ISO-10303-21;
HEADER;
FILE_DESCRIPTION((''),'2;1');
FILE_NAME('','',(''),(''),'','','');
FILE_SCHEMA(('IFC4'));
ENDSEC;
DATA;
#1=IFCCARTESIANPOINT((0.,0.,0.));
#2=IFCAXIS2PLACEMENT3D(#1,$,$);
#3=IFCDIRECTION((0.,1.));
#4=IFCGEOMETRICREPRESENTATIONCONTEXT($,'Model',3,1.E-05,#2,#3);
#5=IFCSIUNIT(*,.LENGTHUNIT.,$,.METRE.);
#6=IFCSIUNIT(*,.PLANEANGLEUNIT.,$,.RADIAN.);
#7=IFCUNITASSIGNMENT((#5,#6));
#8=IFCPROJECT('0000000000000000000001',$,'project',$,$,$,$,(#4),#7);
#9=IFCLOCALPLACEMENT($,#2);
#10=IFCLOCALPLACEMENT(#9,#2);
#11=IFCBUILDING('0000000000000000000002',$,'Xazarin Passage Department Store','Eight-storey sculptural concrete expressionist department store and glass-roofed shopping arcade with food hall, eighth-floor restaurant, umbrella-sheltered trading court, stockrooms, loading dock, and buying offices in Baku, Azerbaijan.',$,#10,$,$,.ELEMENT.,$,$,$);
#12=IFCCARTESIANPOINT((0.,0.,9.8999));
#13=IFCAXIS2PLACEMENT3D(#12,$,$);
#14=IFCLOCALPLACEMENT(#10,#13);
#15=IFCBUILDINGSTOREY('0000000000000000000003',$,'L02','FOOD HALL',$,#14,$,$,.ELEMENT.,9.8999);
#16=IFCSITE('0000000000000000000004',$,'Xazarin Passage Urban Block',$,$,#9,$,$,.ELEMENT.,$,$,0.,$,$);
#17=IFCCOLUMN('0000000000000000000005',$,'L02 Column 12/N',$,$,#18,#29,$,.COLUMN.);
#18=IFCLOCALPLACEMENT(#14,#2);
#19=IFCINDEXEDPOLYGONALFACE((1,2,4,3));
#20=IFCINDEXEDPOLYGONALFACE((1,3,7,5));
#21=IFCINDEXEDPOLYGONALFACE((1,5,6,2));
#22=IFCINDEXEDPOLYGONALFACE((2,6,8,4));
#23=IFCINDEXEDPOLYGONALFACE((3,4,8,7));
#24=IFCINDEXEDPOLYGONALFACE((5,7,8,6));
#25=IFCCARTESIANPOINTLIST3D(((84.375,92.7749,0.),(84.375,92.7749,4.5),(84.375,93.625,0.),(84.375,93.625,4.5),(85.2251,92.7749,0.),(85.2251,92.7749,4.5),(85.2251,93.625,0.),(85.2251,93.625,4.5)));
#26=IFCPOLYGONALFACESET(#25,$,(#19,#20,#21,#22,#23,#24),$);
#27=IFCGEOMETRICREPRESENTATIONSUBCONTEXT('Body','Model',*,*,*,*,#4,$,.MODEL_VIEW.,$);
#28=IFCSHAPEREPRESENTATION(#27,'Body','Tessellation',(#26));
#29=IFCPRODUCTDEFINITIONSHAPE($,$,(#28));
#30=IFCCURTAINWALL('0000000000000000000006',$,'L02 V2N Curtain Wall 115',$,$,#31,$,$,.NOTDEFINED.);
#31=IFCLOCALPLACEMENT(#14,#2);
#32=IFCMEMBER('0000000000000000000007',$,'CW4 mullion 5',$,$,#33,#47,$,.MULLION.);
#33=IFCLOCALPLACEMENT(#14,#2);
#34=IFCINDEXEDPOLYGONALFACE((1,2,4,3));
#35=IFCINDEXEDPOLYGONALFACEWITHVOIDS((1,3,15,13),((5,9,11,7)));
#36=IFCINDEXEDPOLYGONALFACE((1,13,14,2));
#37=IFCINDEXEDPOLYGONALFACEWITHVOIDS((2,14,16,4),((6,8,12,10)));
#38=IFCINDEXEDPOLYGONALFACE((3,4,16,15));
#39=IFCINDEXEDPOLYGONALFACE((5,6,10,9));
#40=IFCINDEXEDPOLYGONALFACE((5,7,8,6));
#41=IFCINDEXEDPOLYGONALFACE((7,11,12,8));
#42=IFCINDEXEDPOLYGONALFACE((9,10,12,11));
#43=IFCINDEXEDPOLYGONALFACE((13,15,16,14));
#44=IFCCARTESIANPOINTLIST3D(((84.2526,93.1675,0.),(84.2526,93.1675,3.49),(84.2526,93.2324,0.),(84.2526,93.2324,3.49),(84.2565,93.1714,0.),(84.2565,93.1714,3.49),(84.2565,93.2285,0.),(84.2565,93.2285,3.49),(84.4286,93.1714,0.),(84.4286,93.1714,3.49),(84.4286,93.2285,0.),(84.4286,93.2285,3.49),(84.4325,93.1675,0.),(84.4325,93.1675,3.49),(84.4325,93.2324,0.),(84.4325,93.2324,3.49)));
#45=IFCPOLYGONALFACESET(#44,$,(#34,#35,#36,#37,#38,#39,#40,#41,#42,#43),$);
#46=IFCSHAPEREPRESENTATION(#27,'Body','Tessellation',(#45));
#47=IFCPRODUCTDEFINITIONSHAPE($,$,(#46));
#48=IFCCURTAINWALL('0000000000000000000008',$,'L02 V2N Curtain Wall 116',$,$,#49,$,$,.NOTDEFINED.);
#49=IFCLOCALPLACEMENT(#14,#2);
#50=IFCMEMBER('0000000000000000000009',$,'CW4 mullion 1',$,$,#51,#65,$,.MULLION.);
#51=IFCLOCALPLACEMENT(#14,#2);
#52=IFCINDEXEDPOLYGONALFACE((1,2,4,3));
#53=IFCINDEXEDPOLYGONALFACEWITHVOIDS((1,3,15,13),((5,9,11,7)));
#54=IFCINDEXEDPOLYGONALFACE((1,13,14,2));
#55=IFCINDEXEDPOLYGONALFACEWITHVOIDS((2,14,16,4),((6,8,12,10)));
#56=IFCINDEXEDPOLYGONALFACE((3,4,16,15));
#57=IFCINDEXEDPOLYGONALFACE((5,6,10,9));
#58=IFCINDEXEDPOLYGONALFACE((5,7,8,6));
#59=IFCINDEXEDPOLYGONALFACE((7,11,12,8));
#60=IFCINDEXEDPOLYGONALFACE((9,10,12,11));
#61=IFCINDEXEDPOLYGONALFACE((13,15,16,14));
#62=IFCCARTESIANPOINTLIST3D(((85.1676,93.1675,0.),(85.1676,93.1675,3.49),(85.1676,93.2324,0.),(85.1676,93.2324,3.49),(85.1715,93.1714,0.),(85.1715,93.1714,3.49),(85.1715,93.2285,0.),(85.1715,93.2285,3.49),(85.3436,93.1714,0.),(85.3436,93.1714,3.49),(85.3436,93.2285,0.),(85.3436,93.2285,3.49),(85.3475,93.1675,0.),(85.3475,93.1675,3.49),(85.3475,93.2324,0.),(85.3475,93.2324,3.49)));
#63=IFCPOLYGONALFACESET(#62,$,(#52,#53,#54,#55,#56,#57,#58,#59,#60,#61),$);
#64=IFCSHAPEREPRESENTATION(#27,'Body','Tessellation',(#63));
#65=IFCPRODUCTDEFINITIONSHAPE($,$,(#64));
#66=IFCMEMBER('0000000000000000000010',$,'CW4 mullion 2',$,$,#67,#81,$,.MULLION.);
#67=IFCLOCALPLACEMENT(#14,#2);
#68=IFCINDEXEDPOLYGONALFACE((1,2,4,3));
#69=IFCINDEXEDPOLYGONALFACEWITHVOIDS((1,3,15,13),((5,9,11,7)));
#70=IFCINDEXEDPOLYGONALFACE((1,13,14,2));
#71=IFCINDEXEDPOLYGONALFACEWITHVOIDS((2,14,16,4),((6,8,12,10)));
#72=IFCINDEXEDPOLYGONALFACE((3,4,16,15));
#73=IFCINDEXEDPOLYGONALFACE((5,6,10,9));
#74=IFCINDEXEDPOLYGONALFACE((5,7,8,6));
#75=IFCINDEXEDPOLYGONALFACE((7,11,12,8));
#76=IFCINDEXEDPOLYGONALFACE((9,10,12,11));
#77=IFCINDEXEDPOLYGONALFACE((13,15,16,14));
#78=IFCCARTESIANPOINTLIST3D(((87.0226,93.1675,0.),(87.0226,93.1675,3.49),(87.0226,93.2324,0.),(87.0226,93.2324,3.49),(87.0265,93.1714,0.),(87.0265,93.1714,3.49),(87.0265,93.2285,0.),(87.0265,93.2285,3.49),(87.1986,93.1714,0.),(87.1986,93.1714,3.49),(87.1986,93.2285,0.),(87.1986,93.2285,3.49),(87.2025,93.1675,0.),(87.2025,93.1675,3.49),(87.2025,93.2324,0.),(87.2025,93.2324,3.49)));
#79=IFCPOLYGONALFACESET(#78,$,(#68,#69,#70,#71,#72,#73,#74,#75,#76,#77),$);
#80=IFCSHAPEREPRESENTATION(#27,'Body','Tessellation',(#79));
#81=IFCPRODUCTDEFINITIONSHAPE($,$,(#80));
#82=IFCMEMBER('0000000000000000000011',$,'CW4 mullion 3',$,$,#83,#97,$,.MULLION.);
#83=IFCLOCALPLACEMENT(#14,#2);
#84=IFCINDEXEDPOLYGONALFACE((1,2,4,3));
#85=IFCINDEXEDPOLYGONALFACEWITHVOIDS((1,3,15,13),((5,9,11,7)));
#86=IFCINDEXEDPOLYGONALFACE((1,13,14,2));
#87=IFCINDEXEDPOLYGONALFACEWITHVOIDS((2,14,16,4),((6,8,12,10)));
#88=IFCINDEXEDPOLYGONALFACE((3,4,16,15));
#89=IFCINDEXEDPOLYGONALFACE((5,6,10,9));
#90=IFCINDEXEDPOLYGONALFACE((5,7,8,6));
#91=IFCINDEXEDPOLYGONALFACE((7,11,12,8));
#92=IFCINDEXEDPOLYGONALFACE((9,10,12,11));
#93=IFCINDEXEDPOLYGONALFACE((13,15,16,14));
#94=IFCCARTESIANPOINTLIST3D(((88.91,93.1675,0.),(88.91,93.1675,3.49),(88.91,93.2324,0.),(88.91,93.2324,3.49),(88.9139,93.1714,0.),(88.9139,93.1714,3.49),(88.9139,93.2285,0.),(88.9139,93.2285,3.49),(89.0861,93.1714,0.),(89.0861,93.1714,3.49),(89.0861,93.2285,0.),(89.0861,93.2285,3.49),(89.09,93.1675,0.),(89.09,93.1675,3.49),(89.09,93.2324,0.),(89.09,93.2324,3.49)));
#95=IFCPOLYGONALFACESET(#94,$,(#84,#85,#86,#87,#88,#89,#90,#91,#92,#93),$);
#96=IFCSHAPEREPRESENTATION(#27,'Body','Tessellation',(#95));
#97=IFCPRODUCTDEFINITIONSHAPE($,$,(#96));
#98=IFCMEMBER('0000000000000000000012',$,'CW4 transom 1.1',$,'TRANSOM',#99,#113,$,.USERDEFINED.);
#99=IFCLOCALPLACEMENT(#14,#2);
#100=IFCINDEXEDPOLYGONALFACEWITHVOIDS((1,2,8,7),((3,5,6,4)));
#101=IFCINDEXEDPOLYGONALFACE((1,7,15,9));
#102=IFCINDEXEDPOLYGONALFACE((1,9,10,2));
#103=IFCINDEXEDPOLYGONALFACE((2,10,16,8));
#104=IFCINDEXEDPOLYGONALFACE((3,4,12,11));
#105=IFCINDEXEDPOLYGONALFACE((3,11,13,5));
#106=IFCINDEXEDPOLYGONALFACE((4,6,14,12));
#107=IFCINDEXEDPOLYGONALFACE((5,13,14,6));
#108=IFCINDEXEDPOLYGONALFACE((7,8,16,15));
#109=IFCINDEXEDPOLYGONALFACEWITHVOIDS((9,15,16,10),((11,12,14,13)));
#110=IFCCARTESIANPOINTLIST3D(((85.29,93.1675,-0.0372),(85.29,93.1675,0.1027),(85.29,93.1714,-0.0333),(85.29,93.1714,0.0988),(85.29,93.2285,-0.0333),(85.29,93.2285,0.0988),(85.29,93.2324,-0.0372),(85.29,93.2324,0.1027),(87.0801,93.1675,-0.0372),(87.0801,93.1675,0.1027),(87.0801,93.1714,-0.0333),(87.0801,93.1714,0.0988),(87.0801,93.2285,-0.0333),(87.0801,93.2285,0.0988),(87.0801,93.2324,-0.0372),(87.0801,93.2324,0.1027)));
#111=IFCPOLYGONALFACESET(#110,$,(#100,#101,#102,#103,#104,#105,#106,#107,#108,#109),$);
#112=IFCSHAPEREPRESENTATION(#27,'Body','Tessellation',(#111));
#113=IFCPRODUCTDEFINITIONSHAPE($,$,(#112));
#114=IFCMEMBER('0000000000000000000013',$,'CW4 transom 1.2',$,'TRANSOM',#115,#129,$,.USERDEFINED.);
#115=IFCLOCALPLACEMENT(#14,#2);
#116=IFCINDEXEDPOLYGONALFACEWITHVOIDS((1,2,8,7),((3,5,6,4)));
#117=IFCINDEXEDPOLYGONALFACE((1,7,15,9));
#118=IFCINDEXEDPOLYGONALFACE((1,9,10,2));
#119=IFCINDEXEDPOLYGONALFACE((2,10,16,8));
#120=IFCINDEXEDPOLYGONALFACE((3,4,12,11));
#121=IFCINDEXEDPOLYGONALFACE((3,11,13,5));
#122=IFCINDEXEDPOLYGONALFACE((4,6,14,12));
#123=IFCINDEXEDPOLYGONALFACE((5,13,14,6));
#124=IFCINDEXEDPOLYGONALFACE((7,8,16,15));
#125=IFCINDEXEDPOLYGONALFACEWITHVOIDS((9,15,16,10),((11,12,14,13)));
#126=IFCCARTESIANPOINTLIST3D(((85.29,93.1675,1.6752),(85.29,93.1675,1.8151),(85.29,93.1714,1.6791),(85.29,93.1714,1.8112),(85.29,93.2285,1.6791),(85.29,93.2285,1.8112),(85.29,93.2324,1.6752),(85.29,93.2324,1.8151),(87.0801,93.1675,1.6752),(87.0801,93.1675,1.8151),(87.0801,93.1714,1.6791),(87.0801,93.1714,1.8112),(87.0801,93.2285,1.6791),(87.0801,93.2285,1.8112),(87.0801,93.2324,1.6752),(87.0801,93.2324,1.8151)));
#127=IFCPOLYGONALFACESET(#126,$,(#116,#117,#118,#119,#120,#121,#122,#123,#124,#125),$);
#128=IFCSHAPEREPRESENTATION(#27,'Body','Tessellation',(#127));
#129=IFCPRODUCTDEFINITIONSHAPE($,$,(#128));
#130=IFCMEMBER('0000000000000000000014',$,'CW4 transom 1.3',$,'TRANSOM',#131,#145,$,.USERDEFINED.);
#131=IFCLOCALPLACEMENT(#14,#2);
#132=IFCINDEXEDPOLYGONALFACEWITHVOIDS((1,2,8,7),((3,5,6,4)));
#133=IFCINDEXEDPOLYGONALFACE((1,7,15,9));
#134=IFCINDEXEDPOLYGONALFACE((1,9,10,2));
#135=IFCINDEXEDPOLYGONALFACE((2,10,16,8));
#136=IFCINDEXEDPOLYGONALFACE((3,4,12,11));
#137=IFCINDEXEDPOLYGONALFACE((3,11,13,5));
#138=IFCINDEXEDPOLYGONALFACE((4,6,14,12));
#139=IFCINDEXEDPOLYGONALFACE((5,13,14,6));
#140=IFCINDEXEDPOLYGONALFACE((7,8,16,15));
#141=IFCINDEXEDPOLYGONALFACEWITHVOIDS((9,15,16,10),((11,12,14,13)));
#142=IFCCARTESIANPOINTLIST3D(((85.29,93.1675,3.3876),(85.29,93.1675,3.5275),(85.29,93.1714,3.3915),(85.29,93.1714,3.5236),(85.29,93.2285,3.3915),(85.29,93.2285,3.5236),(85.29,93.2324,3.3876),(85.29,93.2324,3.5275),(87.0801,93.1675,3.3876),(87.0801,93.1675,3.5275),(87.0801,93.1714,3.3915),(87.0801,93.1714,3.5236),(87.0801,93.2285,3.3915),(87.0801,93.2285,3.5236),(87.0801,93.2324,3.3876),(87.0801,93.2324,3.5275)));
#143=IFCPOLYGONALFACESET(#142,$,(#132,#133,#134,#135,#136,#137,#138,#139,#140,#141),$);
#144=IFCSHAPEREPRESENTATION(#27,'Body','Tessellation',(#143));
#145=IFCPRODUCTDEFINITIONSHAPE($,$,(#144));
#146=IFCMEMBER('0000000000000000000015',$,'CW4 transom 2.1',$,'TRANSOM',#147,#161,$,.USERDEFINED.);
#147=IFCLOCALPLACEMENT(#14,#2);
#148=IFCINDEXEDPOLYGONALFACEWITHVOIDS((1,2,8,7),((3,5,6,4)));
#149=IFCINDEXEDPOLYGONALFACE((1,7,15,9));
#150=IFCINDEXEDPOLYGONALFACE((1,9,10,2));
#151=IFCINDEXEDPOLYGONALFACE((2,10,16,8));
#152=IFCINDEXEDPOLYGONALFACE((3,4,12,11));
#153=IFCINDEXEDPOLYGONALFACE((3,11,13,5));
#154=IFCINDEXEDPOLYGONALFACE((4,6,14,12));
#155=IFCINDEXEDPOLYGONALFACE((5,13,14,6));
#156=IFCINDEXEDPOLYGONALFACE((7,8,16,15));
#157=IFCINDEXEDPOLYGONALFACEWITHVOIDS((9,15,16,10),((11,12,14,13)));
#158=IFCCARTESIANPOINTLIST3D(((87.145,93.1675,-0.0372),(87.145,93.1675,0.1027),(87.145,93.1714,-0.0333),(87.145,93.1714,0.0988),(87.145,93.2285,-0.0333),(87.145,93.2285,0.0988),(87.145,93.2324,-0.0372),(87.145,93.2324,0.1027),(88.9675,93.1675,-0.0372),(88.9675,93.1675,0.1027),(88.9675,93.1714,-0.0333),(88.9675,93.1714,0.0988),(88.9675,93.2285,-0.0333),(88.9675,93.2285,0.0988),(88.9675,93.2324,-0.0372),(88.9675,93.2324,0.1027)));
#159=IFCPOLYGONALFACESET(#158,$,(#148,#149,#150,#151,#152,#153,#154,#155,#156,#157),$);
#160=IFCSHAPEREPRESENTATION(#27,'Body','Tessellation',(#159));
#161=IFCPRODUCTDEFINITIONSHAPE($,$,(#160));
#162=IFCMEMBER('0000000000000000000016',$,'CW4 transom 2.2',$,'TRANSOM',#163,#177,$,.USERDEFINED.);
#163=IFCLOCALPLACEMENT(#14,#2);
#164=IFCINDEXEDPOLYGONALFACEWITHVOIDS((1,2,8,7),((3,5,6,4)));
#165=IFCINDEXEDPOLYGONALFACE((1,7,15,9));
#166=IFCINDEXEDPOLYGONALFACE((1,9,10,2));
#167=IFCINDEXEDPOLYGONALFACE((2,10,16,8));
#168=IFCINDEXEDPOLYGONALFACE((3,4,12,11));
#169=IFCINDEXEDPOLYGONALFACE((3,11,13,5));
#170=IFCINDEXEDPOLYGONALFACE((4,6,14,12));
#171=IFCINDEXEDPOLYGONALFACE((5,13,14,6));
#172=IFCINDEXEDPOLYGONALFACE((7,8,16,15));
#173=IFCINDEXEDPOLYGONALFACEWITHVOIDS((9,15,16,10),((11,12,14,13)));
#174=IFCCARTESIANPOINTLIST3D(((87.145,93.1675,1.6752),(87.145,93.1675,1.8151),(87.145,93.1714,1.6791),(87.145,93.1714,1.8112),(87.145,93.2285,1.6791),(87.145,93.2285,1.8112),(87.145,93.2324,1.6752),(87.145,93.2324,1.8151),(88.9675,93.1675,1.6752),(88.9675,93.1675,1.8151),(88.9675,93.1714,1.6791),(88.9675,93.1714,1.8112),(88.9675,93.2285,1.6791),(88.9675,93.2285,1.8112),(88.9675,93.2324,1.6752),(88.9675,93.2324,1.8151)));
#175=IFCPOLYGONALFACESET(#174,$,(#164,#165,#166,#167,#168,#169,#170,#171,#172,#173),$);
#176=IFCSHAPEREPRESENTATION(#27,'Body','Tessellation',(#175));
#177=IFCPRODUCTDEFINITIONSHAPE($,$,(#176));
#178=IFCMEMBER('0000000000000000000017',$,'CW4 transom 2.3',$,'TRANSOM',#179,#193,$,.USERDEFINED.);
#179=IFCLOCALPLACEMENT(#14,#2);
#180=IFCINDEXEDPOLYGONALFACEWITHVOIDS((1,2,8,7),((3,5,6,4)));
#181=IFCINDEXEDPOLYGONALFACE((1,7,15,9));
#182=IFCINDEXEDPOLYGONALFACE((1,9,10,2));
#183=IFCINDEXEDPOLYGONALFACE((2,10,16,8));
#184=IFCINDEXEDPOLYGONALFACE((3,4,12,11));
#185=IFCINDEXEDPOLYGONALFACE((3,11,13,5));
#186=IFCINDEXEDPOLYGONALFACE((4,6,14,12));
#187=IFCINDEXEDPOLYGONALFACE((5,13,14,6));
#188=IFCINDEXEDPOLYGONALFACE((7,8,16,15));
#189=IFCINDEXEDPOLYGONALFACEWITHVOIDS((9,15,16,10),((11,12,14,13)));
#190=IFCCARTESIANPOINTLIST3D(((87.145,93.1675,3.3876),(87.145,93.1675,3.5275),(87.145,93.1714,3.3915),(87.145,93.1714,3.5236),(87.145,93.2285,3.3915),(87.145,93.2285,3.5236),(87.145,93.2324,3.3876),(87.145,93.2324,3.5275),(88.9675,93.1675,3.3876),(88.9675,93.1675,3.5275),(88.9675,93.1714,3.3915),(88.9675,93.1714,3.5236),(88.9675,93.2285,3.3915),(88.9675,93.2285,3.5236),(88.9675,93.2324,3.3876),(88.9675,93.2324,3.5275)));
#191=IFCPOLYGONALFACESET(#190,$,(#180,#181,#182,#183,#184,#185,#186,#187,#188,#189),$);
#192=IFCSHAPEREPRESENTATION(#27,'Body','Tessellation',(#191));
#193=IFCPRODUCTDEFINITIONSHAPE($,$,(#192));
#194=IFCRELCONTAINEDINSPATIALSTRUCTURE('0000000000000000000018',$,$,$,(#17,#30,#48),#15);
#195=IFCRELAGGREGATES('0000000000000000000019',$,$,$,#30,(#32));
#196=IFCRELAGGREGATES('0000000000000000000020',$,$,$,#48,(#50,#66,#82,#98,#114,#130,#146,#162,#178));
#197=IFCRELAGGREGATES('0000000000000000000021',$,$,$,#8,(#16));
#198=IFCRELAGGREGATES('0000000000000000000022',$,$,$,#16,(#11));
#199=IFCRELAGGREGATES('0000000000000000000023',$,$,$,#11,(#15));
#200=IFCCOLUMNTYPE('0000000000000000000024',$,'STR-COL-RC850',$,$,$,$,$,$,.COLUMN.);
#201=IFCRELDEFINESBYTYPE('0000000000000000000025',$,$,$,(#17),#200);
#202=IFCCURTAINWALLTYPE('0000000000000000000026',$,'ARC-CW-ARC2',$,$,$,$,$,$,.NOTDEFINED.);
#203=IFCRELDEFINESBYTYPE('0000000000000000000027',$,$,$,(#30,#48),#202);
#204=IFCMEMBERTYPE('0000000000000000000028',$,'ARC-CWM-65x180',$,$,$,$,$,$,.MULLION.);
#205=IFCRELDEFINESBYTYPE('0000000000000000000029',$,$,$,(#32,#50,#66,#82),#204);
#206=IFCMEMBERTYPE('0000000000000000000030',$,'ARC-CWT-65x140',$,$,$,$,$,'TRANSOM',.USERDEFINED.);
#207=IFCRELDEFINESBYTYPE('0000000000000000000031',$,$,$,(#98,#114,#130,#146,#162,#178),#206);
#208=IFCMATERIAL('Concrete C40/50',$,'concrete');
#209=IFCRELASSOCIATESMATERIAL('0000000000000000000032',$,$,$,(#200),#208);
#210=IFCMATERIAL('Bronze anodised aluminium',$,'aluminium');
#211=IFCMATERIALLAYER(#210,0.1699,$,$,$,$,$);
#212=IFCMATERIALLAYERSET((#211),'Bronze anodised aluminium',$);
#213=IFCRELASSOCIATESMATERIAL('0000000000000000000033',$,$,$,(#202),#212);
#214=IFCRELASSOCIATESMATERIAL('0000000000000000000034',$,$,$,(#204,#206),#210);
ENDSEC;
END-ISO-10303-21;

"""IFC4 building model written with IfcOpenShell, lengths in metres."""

from ifc_helpers import new_model, si_unit, direction, frame, origin, origin_2d, place, context, subcontext, project, spatial, rectangle, hollow_rectangle, extrude, material, layer, layer_set, material_profile, profile_set, type_object, element, aggregate, save


model = new_model("IFC4")

# Units and contexts
model_context = context("Model", 3, precision=1e-05, world=origin(), true_north=direction((0.0, 1.0)))
body_context = subcontext(model_context, "Body", "Model", "MODEL_VIEW")
ifc_project = project(units=[si_unit("LENGTHUNIT", "METRE"), si_unit("PLANEANGLEUNIT", "RADIAN")], contexts=[model_context])

# Site, building, storey
site_placement = place(None, origin())
site = spatial("IfcSite", under=ifc_project, at=site_placement, Name="Xazarin Passage Urban Block", CompositionType="ELEMENT", RefElevation=0.0)
building_placement = place(site_placement, origin())
building = spatial("IfcBuilding", under=site, at=building_placement, Name="Xazarin Passage Department Store", Description="Eight-storey sculptural concrete expressionist department store and glass-roofed shopping arcade with food hall, eighth-floor restaurant, umbrella-sheltered trading court, stockrooms, loading dock, and buying offices in Baku, Azerbaijan.", CompositionType="ELEMENT")
storey_placement = place(building_placement, frame((0.0, 0.0, 9.8999)))
storey = spatial("IfcBuildingStorey", under=building, at=storey_placement, Name="L02", Description="FOOD HALL", CompositionType="ELEMENT", Elevation=9.8999)

# Column
ifc_material_1 = material(Name="Concrete C40/50", Category="concrete")
ifc_material_profile_1 = material_profile(ifc_material_1, rectangle(XDim=0.8501, YDim=0.8501, at=origin_2d()), Name="RC 850x850")
ifc_profile_set_1 = profile_set([ifc_material_profile_1], Name="Concrete C40/50")
column_type = type_object("IfcColumnType", Name="STR-COL-RC850", PredefinedType="COLUMN", material=ifc_profile_set_1)
column_placement = place(storey_placement, frame((84.8, 93.2, 0.0), z_axis=(0.0, 0.0, 1.0), x_axis=(1.0, 0.0, 0.0)))
element("IfcColumn", 1, at=column_placement, inside=storey, type_object=column_type, Name="L02 Column 12/N", PredefinedType="COLUMN", context=body_context, shape_type="SweptSolid", body=[
    extrude(rectangle(XDim=0.8501, YDim=0.8501, at=origin_2d()), origin(), (0.0, 0.0, 1.0), 4.5),
])

# Curtain wall, member
ifc_material_2 = material(Name="Bronze anodised aluminium", Category="aluminium")
ifc_layer_1 = layer(ifc_material_2, 0.1699)
ifc_layer_set_1 = layer_set([ifc_layer_1], Name="Bronze anodised aluminium")
curtain_wall_type = type_object("IfcCurtainWallType", Name="ARC-CW-ARC2", PredefinedType="NOTDEFINED", material=ifc_layer_set_1)
curtain_wall_1_placement = place(storey_placement, origin())
curtain_wall_1 = element("IfcCurtainWall", 2, at=curtain_wall_1_placement, inside=storey, type_object=curtain_wall_type, Name="L02 V2N Curtain Wall 115", PredefinedType="NOTDEFINED")
ifc_material_profile_2 = material_profile(ifc_material_2, hollow_rectangle(XDim=0.0649, YDim=0.1799, WallThickness=0.0039, at=origin_2d()), Name="ALU 65x180")
ifc_profile_set_2 = profile_set([ifc_material_profile_2], Name="Bronze anodised aluminium")
member_type_1 = type_object("IfcMemberType", Name="ARC-CWM-65x180", PredefinedType="MULLION", material=ifc_profile_set_2)
member_1_placement = place(storey_placement, frame((84.3425, 93.2, 0.0), z_axis=(0.0, 0.0, 1.0), x_axis=(0.0, 1.0, 0.0)))
member_1 = element("IfcMember", 3, at=member_1_placement, type_object=member_type_1, Name="CW4 mullion 5", PredefinedType="MULLION", context=body_context, shape_type="SweptSolid", body=[
    extrude(hollow_rectangle(XDim=0.0649, YDim=0.1799, WallThickness=0.0039, at=origin_2d()), origin(), (0.0, 0.0, 1.0), 3.49),
])

# Curtain wall, members
curtain_wall_2_placement = place(storey_placement, origin())
curtain_wall_2 = element("IfcCurtainWall", 4, at=curtain_wall_2_placement, inside=storey, type_object=curtain_wall_type, Name="L02 V2N Curtain Wall 116", PredefinedType="NOTDEFINED")
member_2_placement = place(storey_placement, frame((85.2576, 93.2, 0.0), z_axis=(0.0, 0.0, 1.0), x_axis=(0.0, 1.0, 0.0)))
member_2 = element("IfcMember", 5, at=member_2_placement, type_object=member_type_1, Name="CW4 mullion 1", PredefinedType="MULLION", context=body_context, shape_type="SweptSolid", body=[
    extrude(hollow_rectangle(XDim=0.0649, YDim=0.1799, WallThickness=0.0039, at=origin_2d()), origin(), (0.0, 0.0, 1.0), 3.49),
])
member_3_placement = place(storey_placement, frame((87.1125, 93.2, 0.0), z_axis=(0.0, 0.0, 1.0), x_axis=(0.0, 1.0, 0.0)))
member_3 = element("IfcMember", 6, at=member_3_placement, type_object=member_type_1, Name="CW4 mullion 2", PredefinedType="MULLION", context=body_context, shape_type="SweptSolid", body=[
    extrude(hollow_rectangle(XDim=0.0649, YDim=0.1799, WallThickness=0.0039, at=origin_2d()), origin(), (0.0, 0.0, 1.0), 3.49),
])
member_4_placement = place(storey_placement, frame((89.0, 93.2, 0.0), z_axis=(0.0, 0.0, 1.0), x_axis=(0.0, 1.0, 0.0)))
member_4 = element("IfcMember", 7, at=member_4_placement, type_object=member_type_1, Name="CW4 mullion 3", PredefinedType="MULLION", context=body_context, shape_type="SweptSolid", body=[
    extrude(hollow_rectangle(XDim=0.0649, YDim=0.1799, WallThickness=0.0039, at=origin_2d()), origin(), (0.0, 0.0, 1.0), 3.49),
])
ifc_material_profile_3 = material_profile(ifc_material_2, hollow_rectangle(XDim=0.0649, YDim=0.1399, WallThickness=0.0039, at=origin_2d()), Name="ALU 65x140")
ifc_profile_set_3 = profile_set([ifc_material_profile_3], Name="Bronze anodised aluminium")
member_type_2 = type_object("IfcMemberType", Name="ARC-CWT-65x140", ElementType="TRANSOM", PredefinedType="USERDEFINED", material=ifc_profile_set_3)
member_5_placement = place(storey_placement, frame((85.29, 93.2, 0.0327), z_axis=(1.0, 0.0, 0.0), x_axis=(0.0, 1.0, 0.0)))
member_5 = element("IfcMember", 8, at=member_5_placement, type_object=member_type_2, Name="CW4 transom 1.1", ObjectType="TRANSOM", PredefinedType="USERDEFINED", context=body_context, shape_type="SweptSolid", body=[
    extrude(hollow_rectangle(XDim=0.0649, YDim=0.1399, WallThickness=0.0039, at=origin_2d()), origin(), (0.0, 0.0, 1.0), 1.79),
])
member_6_placement = place(storey_placement, frame((85.29, 93.2, 1.7451), z_axis=(1.0, 0.0, 0.0), x_axis=(0.0, 1.0, 0.0)))
member_6 = element("IfcMember", 9, at=member_6_placement, type_object=member_type_2, Name="CW4 transom 1.2", ObjectType="TRANSOM", PredefinedType="USERDEFINED", context=body_context, shape_type="SweptSolid", body=[
    extrude(hollow_rectangle(XDim=0.0649, YDim=0.1399, WallThickness=0.0039, at=origin_2d()), origin(), (0.0, 0.0, 1.0), 1.79),
])
member_7_placement = place(storey_placement, frame((85.29, 93.2, 3.4575), z_axis=(1.0, 0.0, 0.0), x_axis=(0.0, 1.0, 0.0)))
member_7 = element("IfcMember", 10, at=member_7_placement, type_object=member_type_2, Name="CW4 transom 1.3", ObjectType="TRANSOM", PredefinedType="USERDEFINED", context=body_context, shape_type="SweptSolid", body=[
    extrude(hollow_rectangle(XDim=0.0649, YDim=0.1399, WallThickness=0.0039, at=origin_2d()), origin(), (0.0, 0.0, 1.0), 1.79),
])
member_8_placement = place(storey_placement, frame((87.145, 93.2, 0.0327), z_axis=(1.0, 0.0, 0.0), x_axis=(0.0, 1.0, 0.0)))
member_8 = element("IfcMember", 11, at=member_8_placement, type_object=member_type_2, Name="CW4 transom 2.1", ObjectType="TRANSOM", PredefinedType="USERDEFINED", context=body_context, shape_type="SweptSolid", body=[
    extrude(hollow_rectangle(XDim=0.0649, YDim=0.1399, WallThickness=0.0039, at=origin_2d()), origin(), (0.0, 0.0, 1.0), 1.8225),
])
member_9_placement = place(storey_placement, frame((87.145, 93.2, 1.7451), z_axis=(1.0, 0.0, 0.0), x_axis=(0.0, 1.0, 0.0)))
member_9 = element("IfcMember", 12, at=member_9_placement, type_object=member_type_2, Name="CW4 transom 2.2", ObjectType="TRANSOM", PredefinedType="USERDEFINED", context=body_context, shape_type="SweptSolid", body=[
    extrude(hollow_rectangle(XDim=0.0649, YDim=0.1399, WallThickness=0.0039, at=origin_2d()), origin(), (0.0, 0.0, 1.0), 1.8225),
])
member_10_placement = place(storey_placement, frame((87.145, 93.2, 3.4575), z_axis=(1.0, 0.0, 0.0), x_axis=(0.0, 1.0, 0.0)))
member_10 = element("IfcMember", 13, at=member_10_placement, type_object=member_type_2, Name="CW4 transom 2.3", ObjectType="TRANSOM", PredefinedType="USERDEFINED", context=body_context, shape_type="SweptSolid", body=[
    extrude(hollow_rectangle(XDim=0.0649, YDim=0.1399, WallThickness=0.0039, at=origin_2d()), origin(), (0.0, 0.0, 1.0), 1.8225),
])

aggregate(curtain_wall_1, [member_1])
aggregate(curtain_wall_2, [member_2, member_3, member_4, member_5, member_6, member_7, member_8, member_9, member_10])

save(model, "model.ifc")
